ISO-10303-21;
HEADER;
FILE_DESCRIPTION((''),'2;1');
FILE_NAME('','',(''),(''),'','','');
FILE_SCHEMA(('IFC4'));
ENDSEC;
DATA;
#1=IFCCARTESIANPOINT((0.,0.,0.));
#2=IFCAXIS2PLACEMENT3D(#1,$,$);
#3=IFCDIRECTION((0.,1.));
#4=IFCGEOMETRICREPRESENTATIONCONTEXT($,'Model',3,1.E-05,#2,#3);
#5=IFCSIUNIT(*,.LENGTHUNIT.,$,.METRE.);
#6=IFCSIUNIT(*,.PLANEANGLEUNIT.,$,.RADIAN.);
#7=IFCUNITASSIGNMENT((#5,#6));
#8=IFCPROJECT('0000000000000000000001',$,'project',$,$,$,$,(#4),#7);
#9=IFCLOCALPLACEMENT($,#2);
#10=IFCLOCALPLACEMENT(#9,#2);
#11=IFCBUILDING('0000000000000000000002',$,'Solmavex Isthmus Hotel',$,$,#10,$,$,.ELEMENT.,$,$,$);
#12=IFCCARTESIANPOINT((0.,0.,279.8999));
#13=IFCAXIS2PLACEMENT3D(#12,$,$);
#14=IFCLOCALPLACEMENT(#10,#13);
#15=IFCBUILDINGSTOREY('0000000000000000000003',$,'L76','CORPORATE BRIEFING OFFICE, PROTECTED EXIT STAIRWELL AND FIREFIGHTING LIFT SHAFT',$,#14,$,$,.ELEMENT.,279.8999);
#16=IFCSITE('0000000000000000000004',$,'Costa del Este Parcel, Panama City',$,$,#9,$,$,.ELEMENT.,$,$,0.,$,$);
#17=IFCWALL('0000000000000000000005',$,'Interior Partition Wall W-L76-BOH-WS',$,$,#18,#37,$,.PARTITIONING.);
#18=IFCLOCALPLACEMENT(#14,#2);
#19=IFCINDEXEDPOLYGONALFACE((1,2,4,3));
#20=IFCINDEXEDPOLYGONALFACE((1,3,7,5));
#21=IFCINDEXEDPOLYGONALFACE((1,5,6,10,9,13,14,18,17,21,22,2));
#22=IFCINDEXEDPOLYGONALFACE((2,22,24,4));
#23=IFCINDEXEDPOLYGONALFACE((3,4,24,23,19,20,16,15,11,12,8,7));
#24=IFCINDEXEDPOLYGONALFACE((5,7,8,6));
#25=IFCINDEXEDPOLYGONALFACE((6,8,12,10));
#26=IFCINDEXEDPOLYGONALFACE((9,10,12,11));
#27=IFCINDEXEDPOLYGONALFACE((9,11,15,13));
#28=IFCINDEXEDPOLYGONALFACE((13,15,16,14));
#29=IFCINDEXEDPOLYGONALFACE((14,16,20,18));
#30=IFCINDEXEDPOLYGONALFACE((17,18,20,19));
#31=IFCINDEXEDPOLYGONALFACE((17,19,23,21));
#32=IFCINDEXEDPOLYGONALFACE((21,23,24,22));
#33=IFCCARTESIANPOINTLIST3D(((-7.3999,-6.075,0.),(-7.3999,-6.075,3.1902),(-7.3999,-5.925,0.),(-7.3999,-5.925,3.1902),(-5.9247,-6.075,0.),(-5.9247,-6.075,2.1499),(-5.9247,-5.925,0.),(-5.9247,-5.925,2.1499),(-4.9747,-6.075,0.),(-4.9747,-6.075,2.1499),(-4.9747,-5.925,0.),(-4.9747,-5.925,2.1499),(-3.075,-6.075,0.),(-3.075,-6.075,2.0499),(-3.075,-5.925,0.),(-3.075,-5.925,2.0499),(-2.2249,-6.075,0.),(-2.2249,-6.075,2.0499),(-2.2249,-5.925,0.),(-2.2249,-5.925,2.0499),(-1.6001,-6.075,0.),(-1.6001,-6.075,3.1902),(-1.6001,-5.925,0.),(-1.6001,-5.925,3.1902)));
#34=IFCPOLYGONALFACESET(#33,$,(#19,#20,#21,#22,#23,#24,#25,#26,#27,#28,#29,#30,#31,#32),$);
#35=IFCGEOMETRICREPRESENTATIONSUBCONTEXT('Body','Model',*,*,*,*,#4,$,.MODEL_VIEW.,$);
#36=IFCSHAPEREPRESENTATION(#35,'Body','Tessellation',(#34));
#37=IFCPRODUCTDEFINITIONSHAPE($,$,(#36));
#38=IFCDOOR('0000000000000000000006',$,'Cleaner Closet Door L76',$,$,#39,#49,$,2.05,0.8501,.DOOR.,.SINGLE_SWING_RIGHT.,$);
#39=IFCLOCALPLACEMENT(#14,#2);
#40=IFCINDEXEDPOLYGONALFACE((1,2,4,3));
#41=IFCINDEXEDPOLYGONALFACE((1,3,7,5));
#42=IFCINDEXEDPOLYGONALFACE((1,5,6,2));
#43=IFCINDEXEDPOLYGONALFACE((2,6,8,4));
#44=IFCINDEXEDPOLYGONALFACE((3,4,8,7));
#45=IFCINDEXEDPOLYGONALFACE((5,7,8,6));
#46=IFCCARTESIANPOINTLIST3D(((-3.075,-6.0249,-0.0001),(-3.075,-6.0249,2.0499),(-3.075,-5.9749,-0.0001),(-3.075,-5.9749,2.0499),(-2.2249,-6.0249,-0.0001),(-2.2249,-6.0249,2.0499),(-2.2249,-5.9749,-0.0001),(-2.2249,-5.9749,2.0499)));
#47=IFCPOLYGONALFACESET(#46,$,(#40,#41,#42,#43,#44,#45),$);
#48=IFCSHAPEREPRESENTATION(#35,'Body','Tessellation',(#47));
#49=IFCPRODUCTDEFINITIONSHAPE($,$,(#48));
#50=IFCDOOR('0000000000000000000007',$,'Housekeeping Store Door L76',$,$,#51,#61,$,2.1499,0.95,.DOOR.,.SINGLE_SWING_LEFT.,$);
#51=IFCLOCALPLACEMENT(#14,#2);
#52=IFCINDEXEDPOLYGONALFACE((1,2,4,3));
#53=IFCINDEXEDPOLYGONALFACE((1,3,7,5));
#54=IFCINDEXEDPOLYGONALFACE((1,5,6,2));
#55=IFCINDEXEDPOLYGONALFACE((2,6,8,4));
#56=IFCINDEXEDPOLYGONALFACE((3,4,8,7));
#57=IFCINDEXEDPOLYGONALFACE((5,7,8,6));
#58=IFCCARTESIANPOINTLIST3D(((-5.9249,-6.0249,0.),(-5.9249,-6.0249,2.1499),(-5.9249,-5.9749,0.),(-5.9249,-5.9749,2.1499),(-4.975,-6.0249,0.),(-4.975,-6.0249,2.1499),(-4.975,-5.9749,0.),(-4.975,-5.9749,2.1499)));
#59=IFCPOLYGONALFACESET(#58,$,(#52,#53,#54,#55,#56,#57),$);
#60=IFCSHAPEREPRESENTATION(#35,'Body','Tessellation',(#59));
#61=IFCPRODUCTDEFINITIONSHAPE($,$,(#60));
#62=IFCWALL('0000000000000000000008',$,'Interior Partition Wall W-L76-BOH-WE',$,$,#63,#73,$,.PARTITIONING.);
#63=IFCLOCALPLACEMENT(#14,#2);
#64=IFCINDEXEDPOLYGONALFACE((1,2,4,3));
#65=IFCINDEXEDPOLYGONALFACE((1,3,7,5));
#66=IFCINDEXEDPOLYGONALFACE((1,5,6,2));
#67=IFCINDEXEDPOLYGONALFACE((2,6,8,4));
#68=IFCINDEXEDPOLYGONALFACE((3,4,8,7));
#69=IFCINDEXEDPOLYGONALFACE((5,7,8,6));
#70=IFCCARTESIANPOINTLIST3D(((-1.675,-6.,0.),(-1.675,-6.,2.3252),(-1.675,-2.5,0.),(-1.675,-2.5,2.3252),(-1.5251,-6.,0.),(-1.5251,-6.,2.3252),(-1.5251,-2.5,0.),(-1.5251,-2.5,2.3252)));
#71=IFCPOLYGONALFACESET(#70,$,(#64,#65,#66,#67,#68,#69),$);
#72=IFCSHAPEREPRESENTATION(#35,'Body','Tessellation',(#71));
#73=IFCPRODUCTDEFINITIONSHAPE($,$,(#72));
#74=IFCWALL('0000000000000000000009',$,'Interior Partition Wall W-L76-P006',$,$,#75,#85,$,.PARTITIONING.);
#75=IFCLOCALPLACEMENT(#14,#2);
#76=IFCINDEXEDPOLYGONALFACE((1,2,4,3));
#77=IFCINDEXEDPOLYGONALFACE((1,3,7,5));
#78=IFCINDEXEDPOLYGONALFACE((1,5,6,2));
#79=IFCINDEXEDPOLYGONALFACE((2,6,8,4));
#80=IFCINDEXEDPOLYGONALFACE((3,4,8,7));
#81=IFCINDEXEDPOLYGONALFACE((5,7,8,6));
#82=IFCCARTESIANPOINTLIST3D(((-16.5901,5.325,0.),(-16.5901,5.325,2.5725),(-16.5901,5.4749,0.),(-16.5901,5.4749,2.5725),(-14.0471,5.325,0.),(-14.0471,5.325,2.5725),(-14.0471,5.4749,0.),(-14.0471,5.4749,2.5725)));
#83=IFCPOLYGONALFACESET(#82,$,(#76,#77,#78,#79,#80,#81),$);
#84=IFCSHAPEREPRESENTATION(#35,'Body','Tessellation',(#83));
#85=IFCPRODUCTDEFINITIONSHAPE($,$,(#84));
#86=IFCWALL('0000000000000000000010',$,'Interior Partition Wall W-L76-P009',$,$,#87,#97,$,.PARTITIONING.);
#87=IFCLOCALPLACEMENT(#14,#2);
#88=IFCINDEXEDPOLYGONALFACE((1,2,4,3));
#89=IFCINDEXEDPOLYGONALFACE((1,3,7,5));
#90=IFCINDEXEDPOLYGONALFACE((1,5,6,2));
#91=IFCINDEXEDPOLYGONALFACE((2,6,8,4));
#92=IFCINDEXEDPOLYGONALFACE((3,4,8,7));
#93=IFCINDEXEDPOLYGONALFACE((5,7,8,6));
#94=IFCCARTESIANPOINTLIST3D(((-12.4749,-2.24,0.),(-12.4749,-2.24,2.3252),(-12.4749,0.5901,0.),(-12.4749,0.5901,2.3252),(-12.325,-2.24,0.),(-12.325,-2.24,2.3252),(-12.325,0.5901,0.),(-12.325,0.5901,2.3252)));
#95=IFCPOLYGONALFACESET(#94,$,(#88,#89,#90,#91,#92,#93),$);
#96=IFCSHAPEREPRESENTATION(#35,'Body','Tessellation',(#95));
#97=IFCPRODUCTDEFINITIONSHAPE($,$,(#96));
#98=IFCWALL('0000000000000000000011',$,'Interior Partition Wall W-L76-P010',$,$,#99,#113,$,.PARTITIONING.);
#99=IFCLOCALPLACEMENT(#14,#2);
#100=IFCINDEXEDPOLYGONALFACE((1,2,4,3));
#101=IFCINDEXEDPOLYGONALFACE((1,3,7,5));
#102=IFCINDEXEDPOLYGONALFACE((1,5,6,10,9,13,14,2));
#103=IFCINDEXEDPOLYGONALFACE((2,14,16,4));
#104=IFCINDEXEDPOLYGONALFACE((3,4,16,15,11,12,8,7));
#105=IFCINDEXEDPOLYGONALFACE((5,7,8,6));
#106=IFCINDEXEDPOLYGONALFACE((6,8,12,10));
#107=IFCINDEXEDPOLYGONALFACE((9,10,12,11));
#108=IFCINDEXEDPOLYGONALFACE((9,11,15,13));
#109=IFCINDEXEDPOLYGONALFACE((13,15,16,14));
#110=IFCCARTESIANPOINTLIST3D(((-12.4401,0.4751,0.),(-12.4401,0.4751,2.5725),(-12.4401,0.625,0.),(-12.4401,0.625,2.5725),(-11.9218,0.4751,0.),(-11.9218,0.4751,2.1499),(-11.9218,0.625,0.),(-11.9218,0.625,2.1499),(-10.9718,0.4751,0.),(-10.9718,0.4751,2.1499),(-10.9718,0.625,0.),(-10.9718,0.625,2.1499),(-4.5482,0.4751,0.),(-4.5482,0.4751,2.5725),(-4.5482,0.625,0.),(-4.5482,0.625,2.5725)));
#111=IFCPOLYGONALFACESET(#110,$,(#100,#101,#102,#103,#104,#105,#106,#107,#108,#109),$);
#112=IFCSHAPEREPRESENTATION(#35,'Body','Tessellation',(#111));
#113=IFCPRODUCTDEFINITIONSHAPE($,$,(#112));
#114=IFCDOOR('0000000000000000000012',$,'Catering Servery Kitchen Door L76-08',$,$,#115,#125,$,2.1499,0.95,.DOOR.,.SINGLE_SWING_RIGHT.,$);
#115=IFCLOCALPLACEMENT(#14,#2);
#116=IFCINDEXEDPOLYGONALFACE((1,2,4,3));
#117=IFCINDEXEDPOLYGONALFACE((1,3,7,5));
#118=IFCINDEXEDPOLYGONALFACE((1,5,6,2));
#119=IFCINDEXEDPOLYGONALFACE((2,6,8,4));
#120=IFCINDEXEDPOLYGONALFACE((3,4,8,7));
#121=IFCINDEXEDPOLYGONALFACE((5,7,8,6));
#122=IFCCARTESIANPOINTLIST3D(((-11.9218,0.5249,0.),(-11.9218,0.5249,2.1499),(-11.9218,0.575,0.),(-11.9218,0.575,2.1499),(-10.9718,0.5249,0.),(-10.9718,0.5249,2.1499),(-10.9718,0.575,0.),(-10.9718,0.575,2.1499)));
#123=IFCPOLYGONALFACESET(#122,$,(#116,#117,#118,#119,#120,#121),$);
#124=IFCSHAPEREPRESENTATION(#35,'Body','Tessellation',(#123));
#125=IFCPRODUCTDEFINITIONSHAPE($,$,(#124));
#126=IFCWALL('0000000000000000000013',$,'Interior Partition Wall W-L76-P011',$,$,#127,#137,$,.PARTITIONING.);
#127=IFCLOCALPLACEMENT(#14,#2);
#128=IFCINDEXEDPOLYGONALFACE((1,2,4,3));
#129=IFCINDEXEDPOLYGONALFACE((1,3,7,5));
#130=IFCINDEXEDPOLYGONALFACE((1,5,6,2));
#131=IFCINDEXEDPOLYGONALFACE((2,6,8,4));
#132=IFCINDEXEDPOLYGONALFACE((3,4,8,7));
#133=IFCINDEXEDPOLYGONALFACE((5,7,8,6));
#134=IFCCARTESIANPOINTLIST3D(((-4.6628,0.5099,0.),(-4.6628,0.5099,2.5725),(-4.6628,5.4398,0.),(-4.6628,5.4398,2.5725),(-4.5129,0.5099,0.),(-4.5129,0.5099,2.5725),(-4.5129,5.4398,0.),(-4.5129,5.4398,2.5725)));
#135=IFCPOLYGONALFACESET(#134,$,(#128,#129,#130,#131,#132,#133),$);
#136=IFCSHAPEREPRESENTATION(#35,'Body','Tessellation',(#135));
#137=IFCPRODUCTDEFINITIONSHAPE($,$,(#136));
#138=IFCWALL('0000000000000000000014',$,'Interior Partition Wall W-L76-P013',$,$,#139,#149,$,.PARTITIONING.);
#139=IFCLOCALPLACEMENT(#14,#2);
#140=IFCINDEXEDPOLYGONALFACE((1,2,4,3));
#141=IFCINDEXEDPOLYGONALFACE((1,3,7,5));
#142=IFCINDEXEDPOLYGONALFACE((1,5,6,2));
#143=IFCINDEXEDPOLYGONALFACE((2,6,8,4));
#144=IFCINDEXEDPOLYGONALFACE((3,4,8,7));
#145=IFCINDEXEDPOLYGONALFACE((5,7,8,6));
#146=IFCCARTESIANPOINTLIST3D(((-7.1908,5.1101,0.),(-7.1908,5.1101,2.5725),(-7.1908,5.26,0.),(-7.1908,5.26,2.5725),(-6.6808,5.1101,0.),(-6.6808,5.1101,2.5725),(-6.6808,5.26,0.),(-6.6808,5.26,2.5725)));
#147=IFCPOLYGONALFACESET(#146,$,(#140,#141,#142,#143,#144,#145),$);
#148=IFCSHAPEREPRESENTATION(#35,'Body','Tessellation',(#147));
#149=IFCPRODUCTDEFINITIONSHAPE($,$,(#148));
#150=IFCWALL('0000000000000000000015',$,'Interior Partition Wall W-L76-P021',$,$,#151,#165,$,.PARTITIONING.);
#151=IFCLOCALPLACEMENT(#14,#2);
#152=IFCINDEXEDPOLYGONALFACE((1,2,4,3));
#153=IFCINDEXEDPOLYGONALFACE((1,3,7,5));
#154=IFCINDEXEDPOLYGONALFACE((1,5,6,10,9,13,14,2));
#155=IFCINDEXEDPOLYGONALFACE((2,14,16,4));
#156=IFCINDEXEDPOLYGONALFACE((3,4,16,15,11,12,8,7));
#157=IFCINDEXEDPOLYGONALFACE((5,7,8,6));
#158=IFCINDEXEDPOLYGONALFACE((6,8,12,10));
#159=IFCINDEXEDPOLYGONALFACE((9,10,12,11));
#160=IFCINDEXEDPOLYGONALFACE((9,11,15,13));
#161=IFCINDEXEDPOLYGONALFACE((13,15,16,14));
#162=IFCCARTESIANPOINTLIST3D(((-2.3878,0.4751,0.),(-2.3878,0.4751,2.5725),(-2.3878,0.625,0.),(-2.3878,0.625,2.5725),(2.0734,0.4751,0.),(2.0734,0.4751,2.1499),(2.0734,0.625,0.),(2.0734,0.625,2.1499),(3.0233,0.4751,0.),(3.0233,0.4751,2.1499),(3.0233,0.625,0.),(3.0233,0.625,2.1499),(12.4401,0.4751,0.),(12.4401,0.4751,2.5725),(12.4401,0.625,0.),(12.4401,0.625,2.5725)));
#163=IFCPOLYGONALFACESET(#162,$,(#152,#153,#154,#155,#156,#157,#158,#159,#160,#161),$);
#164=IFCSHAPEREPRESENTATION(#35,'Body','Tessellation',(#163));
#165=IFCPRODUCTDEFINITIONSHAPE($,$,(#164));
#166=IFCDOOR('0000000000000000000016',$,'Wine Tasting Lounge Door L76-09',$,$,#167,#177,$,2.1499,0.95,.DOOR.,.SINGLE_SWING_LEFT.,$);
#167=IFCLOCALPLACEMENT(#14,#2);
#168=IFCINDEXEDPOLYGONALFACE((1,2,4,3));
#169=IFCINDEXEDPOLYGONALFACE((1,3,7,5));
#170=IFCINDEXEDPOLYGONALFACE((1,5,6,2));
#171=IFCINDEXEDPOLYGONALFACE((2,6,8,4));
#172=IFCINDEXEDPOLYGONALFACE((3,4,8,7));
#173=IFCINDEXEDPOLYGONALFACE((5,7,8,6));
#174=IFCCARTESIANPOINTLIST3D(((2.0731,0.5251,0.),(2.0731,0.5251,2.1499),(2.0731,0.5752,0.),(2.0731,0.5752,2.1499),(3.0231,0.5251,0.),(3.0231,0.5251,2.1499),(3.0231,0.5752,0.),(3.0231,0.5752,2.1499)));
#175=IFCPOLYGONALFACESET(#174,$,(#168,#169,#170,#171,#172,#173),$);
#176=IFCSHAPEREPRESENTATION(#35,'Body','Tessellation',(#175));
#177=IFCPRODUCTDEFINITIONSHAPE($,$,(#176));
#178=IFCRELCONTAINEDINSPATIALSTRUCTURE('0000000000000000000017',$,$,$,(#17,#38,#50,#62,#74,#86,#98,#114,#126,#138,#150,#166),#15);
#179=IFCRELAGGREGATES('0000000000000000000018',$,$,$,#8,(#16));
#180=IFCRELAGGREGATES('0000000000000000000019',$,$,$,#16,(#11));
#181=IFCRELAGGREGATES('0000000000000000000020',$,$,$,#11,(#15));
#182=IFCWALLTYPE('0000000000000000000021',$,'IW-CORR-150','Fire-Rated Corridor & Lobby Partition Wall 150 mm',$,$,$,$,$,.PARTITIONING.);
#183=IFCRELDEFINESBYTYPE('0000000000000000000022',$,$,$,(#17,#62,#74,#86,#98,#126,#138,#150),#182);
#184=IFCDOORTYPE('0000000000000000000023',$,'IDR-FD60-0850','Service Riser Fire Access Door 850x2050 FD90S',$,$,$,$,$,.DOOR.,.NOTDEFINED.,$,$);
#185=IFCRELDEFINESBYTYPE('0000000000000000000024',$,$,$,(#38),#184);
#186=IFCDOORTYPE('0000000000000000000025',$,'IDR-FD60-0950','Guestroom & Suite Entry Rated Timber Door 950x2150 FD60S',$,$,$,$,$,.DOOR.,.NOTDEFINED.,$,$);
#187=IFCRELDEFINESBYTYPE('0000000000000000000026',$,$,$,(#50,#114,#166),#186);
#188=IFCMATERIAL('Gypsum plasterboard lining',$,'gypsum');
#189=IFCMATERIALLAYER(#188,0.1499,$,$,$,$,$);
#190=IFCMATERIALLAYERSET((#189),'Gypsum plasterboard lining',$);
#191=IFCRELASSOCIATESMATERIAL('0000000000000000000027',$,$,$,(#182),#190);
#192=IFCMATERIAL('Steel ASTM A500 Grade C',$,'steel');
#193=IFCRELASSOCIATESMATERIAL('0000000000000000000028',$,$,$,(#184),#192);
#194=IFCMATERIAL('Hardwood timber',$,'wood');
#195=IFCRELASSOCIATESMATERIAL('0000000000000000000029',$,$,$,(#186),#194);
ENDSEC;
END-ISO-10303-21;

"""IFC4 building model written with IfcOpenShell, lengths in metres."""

from ifc_helpers import new_model, si_unit, direction, frame, frame_2d, origin, place, context, subcontext, project, spatial, rectangle, extrude, material, layer, layer_set, type_object, element, fill, save


model = new_model("IFC4")

# Units and contexts
model_context = context("Model", 3, precision=1e-05, world=origin(), true_north=direction((0.0, 1.0)))
body_context = subcontext(model_context, "Body", "Model", "MODEL_VIEW")
ifc_project = project(units=[si_unit("LENGTHUNIT", "METRE"), si_unit("PLANEANGLEUNIT", "RADIAN")], contexts=[model_context])

# Site, building, storey
site_placement = place(None, origin())
site = spatial("IfcSite", under=ifc_project, at=site_placement, Name="Costa del Este Parcel, Panama City", CompositionType="ELEMENT", RefElevation=0.0)
building_placement = place(site_placement, origin())
building = spatial("IfcBuilding", under=site, at=building_placement, Name="Solmavex Isthmus Hotel", CompositionType="ELEMENT")
storey_placement = place(building_placement, frame((0.0, 0.0, 279.8999)))
storey = spatial("IfcBuildingStorey", under=building, at=storey_placement, Name="L76", Description="CORPORATE BRIEFING OFFICE, PROTECTED EXIT STAIRWELL AND FIREFIGHTING LIFT SHAFT", CompositionType="ELEMENT", Elevation=279.8999)

# Shared definitions
ifc_material_1 = material(Name="Gypsum plasterboard lining", Category="gypsum")

# Wall, openings, doors
ifc_layer_1 = layer(ifc_material_1, 0.1499)
ifc_layer_set_1 = layer_set([ifc_layer_1], Name="Gypsum plasterboard lining")
wall_type_1 = type_object("IfcWallType", Name="IW-CORR-150", Description="Fire-Rated Corridor & Lobby Partition Wall 150 mm", PredefinedType="PARTITIONING", material=ifc_layer_set_1)
wall_1_placement = place(storey_placement, frame((-7.3999, -6.0, 0.0), z_axis=(0.0, 0.0, 1.0), x_axis=(1.0, 0.0, 0.0)))
wall_1 = element("IfcWall", 1, at=wall_1_placement, inside=storey, type_object=wall_type_1, Name="Interior Partition Wall W-L76-BOH-WS", PredefinedType="PARTITIONING", context=body_context, shape_type="SweptSolid", body=[
    extrude(rectangle(XDim=5.7998, YDim=0.1499, at=frame_2d((2.8999, 0.0))), origin(), (0.0, 0.0, 1.0), 3.1902),
])
opening_1_placement = place(wall_1_placement, frame((1.4751, 0.0, 0.0)))
opening_1 = element("IfcOpeningElement", 2, at=opening_1_placement, cuts=wall_1, PredefinedType="OPENING", context=body_context, shape_type="SweptSolid", body=[
    extrude(rectangle(XDim=0.95, YDim=2.1499, at=frame_2d((0.4751, 1.075))), frame((0.0, 0.085, 0.0), z_axis=(0.0, -1.0, 0.0), x_axis=(1.0, 0.0, 0.0)), (0.0, 0.0, 1.0), 0.1699),
])
opening_2_placement = place(wall_1_placement, frame((4.325, 0.0, 0.0)))
opening_2 = element("IfcOpeningElement", 3, at=opening_2_placement, cuts=wall_1, PredefinedType="OPENING", context=body_context, shape_type="SweptSolid", body=[
    extrude(rectangle(XDim=0.8501, YDim=2.05, at=frame_2d((0.425, 1.0249))), frame((0.0, 0.085, 0.0), z_axis=(0.0, -1.0, 0.0), x_axis=(1.0, 0.0, 0.0)), (0.0, 0.0, 1.0), 0.1699),
])
ifc_material_2 = material(Name="Steel ASTM A500 Grade C", Category="steel")
door_type_1 = type_object("IfcDoorType", Name="IDR-FD60-0850", Description="Service Riser Fire Access Door 850x2050 FD90S", OperationType="NOTDEFINED", PredefinedType="DOOR", material=ifc_material_2)
door_1_placement = place(opening_2_placement, frame((0.8501, 0.0, 0.0), z_axis=(0.0, 0.0, 1.0), x_axis=(-1.0, 0.0, 0.0)))
door_1 = element("IfcDoor", 4, at=door_1_placement, inside=storey, type_object=door_type_1, Name="Cleaner Closet Door L76", OperationType="SINGLE_SWING_RIGHT", OverallHeight=2.05, OverallWidth=0.8501, PredefinedType="DOOR", context=body_context, shape_type="SweptSolid", body=[
    extrude(rectangle(XDim=0.8501, YDim=2.05, at=frame_2d((0.425, 1.0249))), frame((0.0, 0.0249, 0.0), z_axis=(0.0, -1.0, 0.0), x_axis=(1.0, 0.0, 0.0)), (0.0, 0.0, 1.0), 0.05),
])
fill(opening_2, door_1)
ifc_material_3 = material(Name="Hardwood timber", Category="wood")
door_type_2 = type_object("IfcDoorType", Name="IDR-FD60-0950", Description="Guestroom & Suite Entry Rated Timber Door 950x2150 FD60S", OperationType="NOTDEFINED", PredefinedType="DOOR", material=ifc_material_3)
door_2_placement = place(opening_1_placement, frame((0.95, 0.0, 0.0), z_axis=(0.0, 0.0, 1.0), x_axis=(-1.0, 0.0, 0.0)))
door_2 = element("IfcDoor", 5, at=door_2_placement, inside=storey, type_object=door_type_2, Name="Housekeeping Store Door L76", OperationType="SINGLE_SWING_LEFT", OverallHeight=2.1499, OverallWidth=0.95, PredefinedType="DOOR", context=body_context, shape_type="SweptSolid", body=[
    extrude(rectangle(XDim=0.95, YDim=2.1499, at=frame_2d((0.4751, 1.075))), frame((0.0, 0.0249, 0.0), z_axis=(0.0, -1.0, 0.0), x_axis=(1.0, 0.0, 0.0)), (0.0, 0.0, 1.0), 0.05),
])
fill(opening_1, door_2)

# Walls
wall_2_placement = place(storey_placement, frame((-1.6001, -6.0, 0.0), z_axis=(0.0, 0.0, 1.0), x_axis=(0.0, 1.0, 0.0)))
element("IfcWall", 6, at=wall_2_placement, inside=storey, type_object=wall_type_1, Name="Interior Partition Wall W-L76-BOH-WE", PredefinedType="PARTITIONING", context=body_context, shape_type="SweptSolid", body=[
    extrude(rectangle(XDim=3.5, YDim=0.1499, at=frame_2d((1.75, 0.0))), origin(), (0.0, 0.0, 1.0), 2.3252),
])
wall_3_placement = place(storey_placement, frame((-14.0471, 5.3999, 0.0), z_axis=(0.0, 0.0, 1.0), x_axis=(-1.0, 0.0, 0.0)))
element("IfcWall", 7, at=wall_3_placement, inside=storey, type_object=wall_type_1, Name="Interior Partition Wall W-L76-P006", PredefinedType="PARTITIONING", context=body_context, shape_type="SweptSolid", body=[
    extrude(rectangle(XDim=2.543, YDim=0.1499, at=frame_2d((1.2715, 0.0))), origin(), (0.0, 0.0, 1.0), 2.5725),
])
wall_4_placement = place(storey_placement, frame((-12.3999, -2.24, 0.0), z_axis=(0.0, 0.0, 1.0), x_axis=(0.0, 1.0, 0.0)))
element("IfcWall", 8, at=wall_4_placement, inside=storey, type_object=wall_type_1, Name="Interior Partition Wall W-L76-P009", PredefinedType="PARTITIONING", context=body_context, shape_type="SweptSolid", body=[
    extrude(rectangle(XDim=2.8301, YDim=0.1499, at=frame_2d((1.415, 0.0))), origin(), (0.0, 0.0, 1.0), 2.3252),
])

# Wall, opening, door
wall_5_placement = place(storey_placement, frame((-12.4399, 0.55, 0.0), z_axis=(0.0, 0.0, 1.0), x_axis=(1.0, 0.0, 0.0)))
wall_5 = element("IfcWall", 9, at=wall_5_placement, inside=storey, type_object=wall_type_1, Name="Interior Partition Wall W-L76-P010", PredefinedType="PARTITIONING", context=body_context, shape_type="SweptSolid", body=[
    extrude(rectangle(XDim=7.8918, YDim=0.1499, at=frame_2d((3.9458, 0.0))), origin(), (0.0, 0.0, 1.0), 2.5725),
])
opening_3_placement = place(wall_5_placement, frame((0.5181, 0.0, 0.0)))
opening_3 = element("IfcOpeningElement", 10, at=opening_3_placement, cuts=wall_5, PredefinedType="OPENING", context=body_context, shape_type="SweptSolid", body=[
    extrude(rectangle(XDim=0.95, YDim=2.1499, at=frame_2d((0.4751, 1.075))), frame((0.0, 0.085, 0.0), z_axis=(0.0, -1.0, 0.0), x_axis=(1.0, 0.0, 0.0)), (0.0, 0.0, 1.0), 0.1699),
])
door_3_placement = place(opening_3_placement, origin())
door_3 = element("IfcDoor", 11, at=door_3_placement, inside=storey, type_object=door_type_2, Name="Catering Servery Kitchen Door L76-08", OperationType="SINGLE_SWING_RIGHT", OverallHeight=2.1499, OverallWidth=0.95, PredefinedType="DOOR", context=body_context, shape_type="SweptSolid", body=[
    extrude(rectangle(XDim=0.95, YDim=2.1499, at=frame_2d((0.4751, 1.075))), frame((0.0, 0.0249, 0.0), z_axis=(0.0, -1.0, 0.0), x_axis=(1.0, 0.0, 0.0)), (0.0, 0.0, 1.0), 0.05),
])
fill(opening_3, door_3)

# Walls
wall_6_placement = place(storey_placement, frame((-4.5879, 0.51, 0.0), z_axis=(0.0, 0.0, 1.0), x_axis=(0.0, 1.0, 0.0)))
element("IfcWall", 12, at=wall_6_placement, inside=storey, type_object=wall_type_1, Name="Interior Partition Wall W-L76-P011", PredefinedType="PARTITIONING", context=body_context, shape_type="SweptSolid", body=[
    extrude(rectangle(XDim=4.9299, YDim=0.1499, at=frame_2d((2.4648, 0.0))), origin(), (0.0, 0.0, 1.0), 2.5725),
])
wall_7_placement = place(storey_placement, frame((-6.6809, 5.1851, 0.0), z_axis=(0.0, 0.0, 1.0), x_axis=(-1.0, 0.0, 0.0)))
element("IfcWall", 13, at=wall_7_placement, inside=storey, type_object=wall_type_1, Name="Interior Partition Wall W-L76-P013", PredefinedType="PARTITIONING", context=body_context, shape_type="SweptSolid", body=[
    extrude(rectangle(XDim=0.51, YDim=0.1499, at=frame_2d((0.2549, 0.0))), origin(), (0.0, 0.0, 1.0), 2.5725),
])

# Wall, opening, door
wall_8_placement = place(storey_placement, frame((-2.3879, 0.55, 0.0), z_axis=(0.0, 0.0, 1.0), x_axis=(1.0, 0.0, 0.0)))
wall_8 = element("IfcWall", 14, at=wall_8_placement, inside=storey, type_object=wall_type_1, Name="Interior Partition Wall W-L76-P021", PredefinedType="PARTITIONING", context=body_context, shape_type="SweptSolid", body=[
    extrude(rectangle(XDim=14.8279, YDim=0.1499, at=frame_2d((7.4141, 0.0))), origin(), (0.0, 0.0, 1.0), 2.5725),
])
opening_4_placement = place(wall_8_placement, frame((4.4612, 0.0, 0.0)))
opening_4 = element("IfcOpeningElement", 15, at=opening_4_placement, cuts=wall_8, PredefinedType="OPENING", context=body_context, shape_type="SweptSolid", body=[
    extrude(rectangle(XDim=0.95, YDim=2.1499, at=frame_2d((0.4751, 1.075))), frame((0.0, 0.085, 0.0), z_axis=(0.0, -1.0, 0.0), x_axis=(1.0, 0.0, 0.0)), (0.0, 0.0, 1.0), 0.1699),
])
door_4_placement = place(opening_4_placement, frame((0.95, 0.0, 0.0), z_axis=(0.0, 0.0, 1.0), x_axis=(-1.0, 0.0, 0.0)))
door_4 = element("IfcDoor", 16, at=door_4_placement, inside=storey, type_object=door_type_2, Name="Wine Tasting Lounge Door L76-09", OperationType="SINGLE_SWING_LEFT", OverallHeight=2.1499, OverallWidth=0.95, PredefinedType="DOOR", context=body_context, shape_type="SweptSolid", body=[
    extrude(rectangle(XDim=0.95, YDim=2.1499, at=frame_2d((0.4751, 1.075))), frame((0.0, 0.0249, 0.0), z_axis=(0.0, -1.0, 0.0), x_axis=(1.0, 0.0, 0.0)), (0.0, 0.0, 1.0), 0.05),
])
fill(opening_4, door_4)

save(model, "model.ifc")
